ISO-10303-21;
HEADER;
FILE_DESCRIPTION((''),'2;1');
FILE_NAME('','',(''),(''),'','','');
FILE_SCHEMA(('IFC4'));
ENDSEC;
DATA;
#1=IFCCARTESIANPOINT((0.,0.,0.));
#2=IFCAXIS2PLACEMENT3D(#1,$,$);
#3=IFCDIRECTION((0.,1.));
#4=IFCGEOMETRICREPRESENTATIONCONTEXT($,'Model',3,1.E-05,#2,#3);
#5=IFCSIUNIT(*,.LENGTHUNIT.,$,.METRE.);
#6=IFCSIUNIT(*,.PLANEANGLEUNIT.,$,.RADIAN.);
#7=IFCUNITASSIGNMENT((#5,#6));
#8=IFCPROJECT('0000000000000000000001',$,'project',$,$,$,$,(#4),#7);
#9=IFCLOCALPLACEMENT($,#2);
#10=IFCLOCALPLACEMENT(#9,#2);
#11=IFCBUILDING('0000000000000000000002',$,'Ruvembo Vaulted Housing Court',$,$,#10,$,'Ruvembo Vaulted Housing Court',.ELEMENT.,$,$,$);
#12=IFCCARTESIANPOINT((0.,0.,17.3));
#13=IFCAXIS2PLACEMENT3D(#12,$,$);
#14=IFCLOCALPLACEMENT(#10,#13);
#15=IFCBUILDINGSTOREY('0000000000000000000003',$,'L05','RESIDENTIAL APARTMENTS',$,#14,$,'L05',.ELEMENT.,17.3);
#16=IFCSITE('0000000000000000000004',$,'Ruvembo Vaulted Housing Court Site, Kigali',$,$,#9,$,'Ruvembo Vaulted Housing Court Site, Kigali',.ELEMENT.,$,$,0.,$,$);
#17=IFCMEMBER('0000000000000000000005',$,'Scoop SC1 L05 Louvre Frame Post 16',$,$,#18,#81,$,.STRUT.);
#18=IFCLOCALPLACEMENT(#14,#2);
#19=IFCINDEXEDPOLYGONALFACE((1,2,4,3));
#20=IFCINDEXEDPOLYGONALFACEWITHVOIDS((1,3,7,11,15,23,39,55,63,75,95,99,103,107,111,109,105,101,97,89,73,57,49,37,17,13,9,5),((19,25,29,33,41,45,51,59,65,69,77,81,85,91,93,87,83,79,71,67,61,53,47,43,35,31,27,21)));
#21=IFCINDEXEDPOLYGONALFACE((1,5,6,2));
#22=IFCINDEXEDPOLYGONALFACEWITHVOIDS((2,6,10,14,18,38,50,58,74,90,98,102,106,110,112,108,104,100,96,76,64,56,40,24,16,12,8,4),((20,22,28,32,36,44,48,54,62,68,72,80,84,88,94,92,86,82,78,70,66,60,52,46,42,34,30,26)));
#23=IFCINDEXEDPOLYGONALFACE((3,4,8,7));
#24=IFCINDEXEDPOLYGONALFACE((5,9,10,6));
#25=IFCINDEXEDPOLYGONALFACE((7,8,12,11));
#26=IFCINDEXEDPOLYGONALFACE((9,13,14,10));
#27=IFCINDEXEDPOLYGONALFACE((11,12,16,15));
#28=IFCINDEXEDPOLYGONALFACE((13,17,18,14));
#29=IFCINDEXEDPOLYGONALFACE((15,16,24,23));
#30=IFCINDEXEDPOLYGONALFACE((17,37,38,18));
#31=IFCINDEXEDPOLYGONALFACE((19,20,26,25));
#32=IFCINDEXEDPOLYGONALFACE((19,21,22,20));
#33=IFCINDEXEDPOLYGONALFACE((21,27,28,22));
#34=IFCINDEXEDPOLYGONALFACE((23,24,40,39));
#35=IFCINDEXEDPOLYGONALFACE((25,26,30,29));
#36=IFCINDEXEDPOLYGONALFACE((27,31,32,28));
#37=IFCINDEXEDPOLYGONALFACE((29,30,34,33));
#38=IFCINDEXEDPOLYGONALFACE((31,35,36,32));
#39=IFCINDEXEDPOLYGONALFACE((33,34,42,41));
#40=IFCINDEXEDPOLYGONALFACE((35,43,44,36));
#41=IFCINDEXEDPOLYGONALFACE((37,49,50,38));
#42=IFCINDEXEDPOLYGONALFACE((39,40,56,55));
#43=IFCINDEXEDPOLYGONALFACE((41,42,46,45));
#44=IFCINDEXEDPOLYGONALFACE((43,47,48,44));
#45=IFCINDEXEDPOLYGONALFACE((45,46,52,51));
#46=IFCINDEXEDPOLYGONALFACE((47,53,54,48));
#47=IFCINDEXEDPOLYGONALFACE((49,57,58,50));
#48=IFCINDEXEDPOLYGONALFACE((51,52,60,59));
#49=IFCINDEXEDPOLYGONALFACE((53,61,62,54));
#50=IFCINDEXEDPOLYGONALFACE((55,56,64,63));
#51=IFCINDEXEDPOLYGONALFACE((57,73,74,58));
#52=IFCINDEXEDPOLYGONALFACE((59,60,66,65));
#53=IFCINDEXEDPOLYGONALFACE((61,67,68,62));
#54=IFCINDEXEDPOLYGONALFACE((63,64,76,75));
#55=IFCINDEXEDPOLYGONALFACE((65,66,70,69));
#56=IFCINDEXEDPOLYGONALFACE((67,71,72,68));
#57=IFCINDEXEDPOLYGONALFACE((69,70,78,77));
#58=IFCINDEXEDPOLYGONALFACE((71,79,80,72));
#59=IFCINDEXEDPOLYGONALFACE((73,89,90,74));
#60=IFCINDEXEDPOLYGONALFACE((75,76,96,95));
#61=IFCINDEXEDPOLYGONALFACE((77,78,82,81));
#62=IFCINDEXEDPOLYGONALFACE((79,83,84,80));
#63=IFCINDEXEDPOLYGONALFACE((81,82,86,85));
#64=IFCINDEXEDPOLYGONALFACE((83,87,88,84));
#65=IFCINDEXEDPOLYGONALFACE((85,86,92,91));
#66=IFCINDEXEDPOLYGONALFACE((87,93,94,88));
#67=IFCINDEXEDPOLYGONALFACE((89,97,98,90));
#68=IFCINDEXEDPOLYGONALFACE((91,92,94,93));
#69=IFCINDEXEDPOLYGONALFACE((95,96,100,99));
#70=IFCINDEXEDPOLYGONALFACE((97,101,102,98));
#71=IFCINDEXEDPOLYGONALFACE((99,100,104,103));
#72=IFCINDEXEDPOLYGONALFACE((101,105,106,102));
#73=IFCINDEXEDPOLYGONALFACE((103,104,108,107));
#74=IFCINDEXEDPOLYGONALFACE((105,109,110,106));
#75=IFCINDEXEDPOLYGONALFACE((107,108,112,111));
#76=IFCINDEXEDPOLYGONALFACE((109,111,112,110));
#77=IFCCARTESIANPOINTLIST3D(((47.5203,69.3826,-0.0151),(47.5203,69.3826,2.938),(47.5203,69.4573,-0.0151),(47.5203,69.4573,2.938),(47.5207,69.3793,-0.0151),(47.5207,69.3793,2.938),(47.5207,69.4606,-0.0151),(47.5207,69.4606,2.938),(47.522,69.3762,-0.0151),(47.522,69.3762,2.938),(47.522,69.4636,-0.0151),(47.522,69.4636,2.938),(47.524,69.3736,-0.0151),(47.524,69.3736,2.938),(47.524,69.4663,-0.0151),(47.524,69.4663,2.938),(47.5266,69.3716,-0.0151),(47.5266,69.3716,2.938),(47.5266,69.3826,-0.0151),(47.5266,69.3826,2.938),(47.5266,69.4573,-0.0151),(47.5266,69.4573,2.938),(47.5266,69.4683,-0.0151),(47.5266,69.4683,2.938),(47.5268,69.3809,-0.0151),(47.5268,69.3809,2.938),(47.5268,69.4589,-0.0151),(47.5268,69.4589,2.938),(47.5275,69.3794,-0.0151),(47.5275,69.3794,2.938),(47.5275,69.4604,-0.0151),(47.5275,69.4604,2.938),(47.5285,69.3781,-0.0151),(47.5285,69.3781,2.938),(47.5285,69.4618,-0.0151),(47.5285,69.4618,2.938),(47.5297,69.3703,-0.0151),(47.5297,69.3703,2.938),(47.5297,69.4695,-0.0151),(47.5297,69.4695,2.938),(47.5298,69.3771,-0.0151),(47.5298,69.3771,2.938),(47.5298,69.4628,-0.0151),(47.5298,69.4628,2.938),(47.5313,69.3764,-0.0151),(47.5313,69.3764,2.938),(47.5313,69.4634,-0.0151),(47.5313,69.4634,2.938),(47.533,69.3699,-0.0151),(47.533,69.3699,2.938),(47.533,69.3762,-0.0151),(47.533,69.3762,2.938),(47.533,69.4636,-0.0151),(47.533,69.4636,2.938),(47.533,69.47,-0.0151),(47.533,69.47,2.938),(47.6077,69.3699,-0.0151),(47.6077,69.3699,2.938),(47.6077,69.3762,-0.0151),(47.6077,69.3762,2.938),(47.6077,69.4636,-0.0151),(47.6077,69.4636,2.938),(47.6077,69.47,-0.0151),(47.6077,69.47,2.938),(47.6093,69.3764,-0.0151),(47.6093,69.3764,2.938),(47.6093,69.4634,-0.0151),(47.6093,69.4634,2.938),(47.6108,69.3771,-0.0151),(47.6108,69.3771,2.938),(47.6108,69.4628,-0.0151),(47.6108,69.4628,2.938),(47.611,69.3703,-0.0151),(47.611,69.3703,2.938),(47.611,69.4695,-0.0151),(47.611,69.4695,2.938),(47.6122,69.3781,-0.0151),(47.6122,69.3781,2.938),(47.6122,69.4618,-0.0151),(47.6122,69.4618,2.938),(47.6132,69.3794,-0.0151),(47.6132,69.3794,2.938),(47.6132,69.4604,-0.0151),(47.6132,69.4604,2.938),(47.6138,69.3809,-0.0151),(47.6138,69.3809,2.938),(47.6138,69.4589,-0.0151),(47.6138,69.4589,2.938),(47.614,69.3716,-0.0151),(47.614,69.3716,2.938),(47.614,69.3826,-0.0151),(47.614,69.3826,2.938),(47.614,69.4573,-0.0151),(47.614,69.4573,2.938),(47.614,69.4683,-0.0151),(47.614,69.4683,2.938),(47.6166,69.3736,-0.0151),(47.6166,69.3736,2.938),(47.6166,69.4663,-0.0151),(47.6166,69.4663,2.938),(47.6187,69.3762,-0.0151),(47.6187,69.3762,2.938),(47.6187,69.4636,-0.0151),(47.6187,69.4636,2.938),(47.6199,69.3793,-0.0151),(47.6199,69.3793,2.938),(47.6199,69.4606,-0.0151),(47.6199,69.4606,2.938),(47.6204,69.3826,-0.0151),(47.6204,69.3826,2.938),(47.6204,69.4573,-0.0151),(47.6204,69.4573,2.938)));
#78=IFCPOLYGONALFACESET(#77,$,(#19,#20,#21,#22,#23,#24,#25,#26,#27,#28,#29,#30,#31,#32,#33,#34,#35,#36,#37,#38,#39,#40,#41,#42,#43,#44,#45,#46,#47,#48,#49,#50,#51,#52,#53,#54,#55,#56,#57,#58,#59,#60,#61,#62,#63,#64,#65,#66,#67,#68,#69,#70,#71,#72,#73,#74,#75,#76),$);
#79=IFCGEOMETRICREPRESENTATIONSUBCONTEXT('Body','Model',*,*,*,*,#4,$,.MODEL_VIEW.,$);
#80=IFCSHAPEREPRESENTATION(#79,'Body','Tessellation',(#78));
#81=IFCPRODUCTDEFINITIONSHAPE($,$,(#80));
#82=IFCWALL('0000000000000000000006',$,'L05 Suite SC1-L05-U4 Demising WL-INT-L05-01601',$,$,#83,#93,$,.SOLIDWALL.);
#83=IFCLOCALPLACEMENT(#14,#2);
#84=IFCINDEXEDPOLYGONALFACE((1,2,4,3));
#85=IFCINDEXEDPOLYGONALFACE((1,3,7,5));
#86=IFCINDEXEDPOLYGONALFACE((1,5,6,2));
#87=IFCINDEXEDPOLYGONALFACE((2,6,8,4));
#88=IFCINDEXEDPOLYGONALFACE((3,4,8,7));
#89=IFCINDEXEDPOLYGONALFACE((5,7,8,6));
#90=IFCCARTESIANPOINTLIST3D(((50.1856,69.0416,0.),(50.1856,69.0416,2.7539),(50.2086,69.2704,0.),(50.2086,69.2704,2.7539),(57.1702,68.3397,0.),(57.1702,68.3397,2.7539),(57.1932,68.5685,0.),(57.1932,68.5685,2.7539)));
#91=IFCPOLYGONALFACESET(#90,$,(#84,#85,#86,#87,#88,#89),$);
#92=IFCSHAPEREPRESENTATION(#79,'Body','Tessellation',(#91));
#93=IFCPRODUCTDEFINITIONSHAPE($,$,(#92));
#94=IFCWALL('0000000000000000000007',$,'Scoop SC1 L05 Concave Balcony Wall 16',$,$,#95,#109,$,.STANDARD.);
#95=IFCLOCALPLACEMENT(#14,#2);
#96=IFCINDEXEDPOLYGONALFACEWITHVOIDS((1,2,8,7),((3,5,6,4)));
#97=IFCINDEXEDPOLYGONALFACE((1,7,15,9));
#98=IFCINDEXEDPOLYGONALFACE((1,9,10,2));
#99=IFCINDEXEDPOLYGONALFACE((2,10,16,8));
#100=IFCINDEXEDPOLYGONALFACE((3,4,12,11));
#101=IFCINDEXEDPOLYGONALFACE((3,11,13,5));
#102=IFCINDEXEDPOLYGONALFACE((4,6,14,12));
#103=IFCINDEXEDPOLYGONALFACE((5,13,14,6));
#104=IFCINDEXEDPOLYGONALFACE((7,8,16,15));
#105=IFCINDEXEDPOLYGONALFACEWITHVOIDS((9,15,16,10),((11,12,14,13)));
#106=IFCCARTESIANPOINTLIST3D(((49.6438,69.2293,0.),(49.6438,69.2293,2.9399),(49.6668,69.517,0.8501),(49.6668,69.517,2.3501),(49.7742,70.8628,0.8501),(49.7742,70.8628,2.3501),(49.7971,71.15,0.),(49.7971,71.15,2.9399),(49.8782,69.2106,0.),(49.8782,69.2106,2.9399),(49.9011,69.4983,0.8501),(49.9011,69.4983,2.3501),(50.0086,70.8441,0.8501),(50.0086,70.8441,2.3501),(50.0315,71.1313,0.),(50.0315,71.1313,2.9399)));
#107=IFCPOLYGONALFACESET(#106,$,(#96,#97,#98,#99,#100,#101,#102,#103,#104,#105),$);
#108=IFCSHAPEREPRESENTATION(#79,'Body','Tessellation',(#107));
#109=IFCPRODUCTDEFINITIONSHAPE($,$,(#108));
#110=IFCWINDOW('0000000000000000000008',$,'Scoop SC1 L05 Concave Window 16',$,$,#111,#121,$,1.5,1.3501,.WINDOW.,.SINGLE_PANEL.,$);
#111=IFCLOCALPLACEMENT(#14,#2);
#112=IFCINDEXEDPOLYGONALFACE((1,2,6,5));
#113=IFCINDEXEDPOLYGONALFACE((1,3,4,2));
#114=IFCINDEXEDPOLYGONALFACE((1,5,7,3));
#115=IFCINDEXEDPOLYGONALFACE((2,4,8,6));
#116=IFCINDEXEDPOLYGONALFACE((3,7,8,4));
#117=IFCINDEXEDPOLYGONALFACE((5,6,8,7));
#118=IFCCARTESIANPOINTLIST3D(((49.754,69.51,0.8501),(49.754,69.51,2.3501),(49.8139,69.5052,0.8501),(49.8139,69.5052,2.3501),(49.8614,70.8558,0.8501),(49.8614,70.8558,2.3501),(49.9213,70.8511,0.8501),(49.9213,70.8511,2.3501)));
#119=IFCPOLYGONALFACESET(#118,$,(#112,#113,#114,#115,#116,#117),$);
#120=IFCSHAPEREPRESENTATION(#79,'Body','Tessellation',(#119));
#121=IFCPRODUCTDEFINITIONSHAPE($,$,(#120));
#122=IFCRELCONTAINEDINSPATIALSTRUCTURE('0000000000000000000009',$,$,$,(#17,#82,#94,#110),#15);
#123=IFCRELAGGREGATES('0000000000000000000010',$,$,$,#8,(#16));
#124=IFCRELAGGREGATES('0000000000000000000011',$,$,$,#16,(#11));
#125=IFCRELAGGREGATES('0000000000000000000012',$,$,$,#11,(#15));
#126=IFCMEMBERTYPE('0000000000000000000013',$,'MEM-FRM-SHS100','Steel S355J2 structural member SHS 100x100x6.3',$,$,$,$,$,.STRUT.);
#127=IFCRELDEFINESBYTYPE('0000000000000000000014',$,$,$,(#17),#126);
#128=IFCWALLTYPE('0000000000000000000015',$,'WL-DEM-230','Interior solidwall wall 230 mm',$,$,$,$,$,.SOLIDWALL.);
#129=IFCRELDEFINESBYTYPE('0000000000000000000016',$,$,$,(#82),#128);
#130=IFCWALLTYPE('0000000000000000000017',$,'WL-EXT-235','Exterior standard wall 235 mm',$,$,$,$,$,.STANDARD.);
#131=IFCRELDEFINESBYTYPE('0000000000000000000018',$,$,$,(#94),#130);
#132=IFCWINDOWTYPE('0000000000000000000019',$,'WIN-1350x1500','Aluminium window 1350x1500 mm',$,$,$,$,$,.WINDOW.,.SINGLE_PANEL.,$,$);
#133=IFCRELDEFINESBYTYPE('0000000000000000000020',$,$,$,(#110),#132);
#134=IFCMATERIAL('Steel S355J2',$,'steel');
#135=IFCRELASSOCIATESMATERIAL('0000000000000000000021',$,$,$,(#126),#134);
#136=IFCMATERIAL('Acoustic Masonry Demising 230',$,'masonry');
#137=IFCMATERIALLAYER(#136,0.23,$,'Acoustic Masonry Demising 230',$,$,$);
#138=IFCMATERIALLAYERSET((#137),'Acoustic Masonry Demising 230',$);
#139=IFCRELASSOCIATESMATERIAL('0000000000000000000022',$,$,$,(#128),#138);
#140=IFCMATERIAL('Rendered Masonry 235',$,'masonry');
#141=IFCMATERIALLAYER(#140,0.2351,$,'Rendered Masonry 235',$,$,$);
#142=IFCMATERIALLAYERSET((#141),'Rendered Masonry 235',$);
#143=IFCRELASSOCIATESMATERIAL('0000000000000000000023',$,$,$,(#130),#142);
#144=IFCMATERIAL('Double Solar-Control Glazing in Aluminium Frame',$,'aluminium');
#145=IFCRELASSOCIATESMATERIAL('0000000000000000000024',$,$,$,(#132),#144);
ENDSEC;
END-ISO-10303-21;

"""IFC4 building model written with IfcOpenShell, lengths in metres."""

from ifc_helpers import new_model, si_unit, direction, frame, frame_2d, origin, origin_2d, place, context, subcontext, project, spatial, rectangle, hollow_rectangle, extrude, material, layer, layer_set, material_profile, profile_set, type_object, element, fill, save


model = new_model("IFC4")

# Units and contexts
model_context = context("Model", 3, precision=1e-05, world=origin(), true_north=direction((0.0, 1.0)))
body_context = subcontext(model_context, "Body", "Model", "MODEL_VIEW")
ifc_project = project(units=[si_unit("LENGTHUNIT", "METRE"), si_unit("PLANEANGLEUNIT", "RADIAN")], contexts=[model_context])

# Site, building, storey
site_placement = place(None, origin())
site = spatial("IfcSite", under=ifc_project, at=site_placement, Name="Ruvembo Vaulted Housing Court Site, Kigali", LongName="Ruvembo Vaulted Housing Court Site, Kigali", CompositionType="ELEMENT", RefElevation=0.0)
building_placement = place(site_placement, origin())
building = spatial("IfcBuilding", under=site, at=building_placement, Name="Ruvembo Vaulted Housing Court", LongName="Ruvembo Vaulted Housing Court", CompositionType="ELEMENT")
storey_placement = place(building_placement, frame((0.0, 0.0, 17.3)))
storey = spatial("IfcBuildingStorey", under=building, at=storey_placement, Name="L05", Description="RESIDENTIAL APARTMENTS", LongName="L05", CompositionType="ELEMENT", Elevation=17.3)

# Shared definitions
ifc_material_1 = material(Name="Steel S355J2", Category="steel")

# Member
ifc_material_profile_1 = material_profile(ifc_material_1, hollow_rectangle(XDim=0.1001, YDim=0.1001, WallThickness=0.0063, InnerFilletRadius=0.0063, OuterFilletRadius=0.0127, at=origin_2d()), Name="SHS 100x100x6.3")
ifc_profile_set_1 = profile_set([ifc_material_profile_1], Name="Steel S355J2")
member_type_1 = type_object("IfcMemberType", Name="MEM-FRM-SHS100", Description="Steel S355J2 structural member SHS 100x100x6.3", PredefinedType="STRUT", material=ifc_profile_set_1)
for number, where, z_axis, x_axis, name in (
    (1, (47.5703, 69.4199, -0.0151), (0.0, 0.0, 1.0), (1.0, 0.0, 0.0), "Scoop SC1 L05 Louvre Frame Post 16"),
):
    element("IfcMember", number, at=place(storey_placement, frame(where, z_axis=z_axis, x_axis=x_axis)), inside=storey, type_object=member_type_1, Name=name, PredefinedType="STRUT", context=body_context, shape_type="SweptSolid", body=[
        extrude(hollow_rectangle(XDim=0.1001, YDim=0.1001, WallThickness=0.0063, InnerFilletRadius=0.0063, OuterFilletRadius=0.0127, at=origin_2d()), origin(), (0.0, 0.0, 1.0), 2.9531),
    ])

# Wall
ifc_material_2 = material(Name="Acoustic Masonry Demising 230", Category="masonry")
ifc_layer_1 = layer(ifc_material_2, 0.23, Name="Acoustic Masonry Demising 230")
ifc_layer_set_1 = layer_set([ifc_layer_1], Name="Acoustic Masonry Demising 230")
wall_type_1 = type_object("IfcWallType", Name="WL-DEM-230", Description="Interior solidwall wall 230 mm", PredefinedType="SOLIDWALL", material=ifc_layer_set_1)
wall_1_placement = place(storey_placement, frame((50.1973, 69.156, 0.0), z_axis=(0.0, 0.0, 1.0), x_axis=(0.994989, -0.099989, 0.0)))
element("IfcWall", 2, at=wall_1_placement, inside=storey, type_object=wall_type_1, Name="L05 Suite SC1-L05-U4 Demising WL-INT-L05-01601", PredefinedType="SOLIDWALL", context=body_context, shape_type="SweptSolid", body=[
    extrude(rectangle(XDim=7.0198, YDim=0.23, at=frame_2d((3.5098, 0.0))), origin(), (0.0, 0.0, 1.0), 2.7539),
])

# Shared definitions
ifc_material_3 = material(Name="Rendered Masonry 235", Category="masonry")
ifc_layer_2 = layer(ifc_material_3, 0.2351, Name="Rendered Masonry 235")
ifc_layer_set_2 = layer_set([ifc_layer_2], Name="Rendered Masonry 235")
wall_type_2 = type_object("IfcWallType", Name="WL-EXT-235", Description="Exterior standard wall 235 mm", PredefinedType="STANDARD", material=ifc_layer_set_2)

# Wall, opening, window
wall_2_placement = place(storey_placement, frame((49.761, 69.22, 0.0), z_axis=(0.0, 0.0, 1.0), x_axis=(0.079574, 0.996829, 0.0)))
wall_2 = element("IfcWall", 3, at=wall_2_placement, inside=storey, type_object=wall_type_2, Name="Scoop SC1 L05 Concave Balcony Wall 16", PredefinedType="STANDARD", context=body_context, shape_type="SweptSolid", body=[
    extrude(rectangle(XDim=1.9268, YDim=0.2351, at=frame_2d((0.9634, 0.0))), origin(), (0.0, 0.0, 1.0), 2.9399),
])
opening_1_placement = place(wall_2_placement, frame((0.2886, 0.0, 0.8501)))
opening_1 = element("IfcOpeningElement", 4, at=opening_1_placement, cuts=wall_2, PredefinedType="OPENING", context=body_context, shape_type="SweptSolid", body=[
    extrude(rectangle(XDim=1.3501, YDim=1.5, at=frame_2d((0.675, 0.75))), frame((0.0, 0.1274, 0.0), z_axis=(0.0, -1.0, 0.0), x_axis=(1.0, 0.0, 0.0)), (0.0, 0.0, 1.0), 0.2551),
])
ifc_material_4 = material(Name="Double Solar-Control Glazing in Aluminium Frame", Category="aluminium")
window_type = type_object("IfcWindowType", Name="WIN-1350x1500", Description="Aluminium window 1350x1500 mm", PartitioningType="SINGLE_PANEL", PredefinedType="WINDOW", material=ifc_material_4)
window_placement = place(opening_1_placement, origin())
window = element("IfcWindow", 5, at=window_placement, inside=storey, type_object=window_type, Name="Scoop SC1 L05 Concave Window 16", OverallHeight=1.5, OverallWidth=1.3501, PartitioningType="SINGLE_PANEL", PredefinedType="WINDOW", context=body_context, shape_type="SweptSolid", body=[
    extrude(rectangle(XDim=1.3501, YDim=1.5, at=frame_2d((0.675, 0.75))), frame((0.0, 0.03, 0.0), z_axis=(0.0, -1.0, 0.0), x_axis=(1.0, 0.0, 0.0)), (0.0, 0.0, 1.0), 0.0601),
])
fill(opening_1, window)

save(model, "model.ifc")
